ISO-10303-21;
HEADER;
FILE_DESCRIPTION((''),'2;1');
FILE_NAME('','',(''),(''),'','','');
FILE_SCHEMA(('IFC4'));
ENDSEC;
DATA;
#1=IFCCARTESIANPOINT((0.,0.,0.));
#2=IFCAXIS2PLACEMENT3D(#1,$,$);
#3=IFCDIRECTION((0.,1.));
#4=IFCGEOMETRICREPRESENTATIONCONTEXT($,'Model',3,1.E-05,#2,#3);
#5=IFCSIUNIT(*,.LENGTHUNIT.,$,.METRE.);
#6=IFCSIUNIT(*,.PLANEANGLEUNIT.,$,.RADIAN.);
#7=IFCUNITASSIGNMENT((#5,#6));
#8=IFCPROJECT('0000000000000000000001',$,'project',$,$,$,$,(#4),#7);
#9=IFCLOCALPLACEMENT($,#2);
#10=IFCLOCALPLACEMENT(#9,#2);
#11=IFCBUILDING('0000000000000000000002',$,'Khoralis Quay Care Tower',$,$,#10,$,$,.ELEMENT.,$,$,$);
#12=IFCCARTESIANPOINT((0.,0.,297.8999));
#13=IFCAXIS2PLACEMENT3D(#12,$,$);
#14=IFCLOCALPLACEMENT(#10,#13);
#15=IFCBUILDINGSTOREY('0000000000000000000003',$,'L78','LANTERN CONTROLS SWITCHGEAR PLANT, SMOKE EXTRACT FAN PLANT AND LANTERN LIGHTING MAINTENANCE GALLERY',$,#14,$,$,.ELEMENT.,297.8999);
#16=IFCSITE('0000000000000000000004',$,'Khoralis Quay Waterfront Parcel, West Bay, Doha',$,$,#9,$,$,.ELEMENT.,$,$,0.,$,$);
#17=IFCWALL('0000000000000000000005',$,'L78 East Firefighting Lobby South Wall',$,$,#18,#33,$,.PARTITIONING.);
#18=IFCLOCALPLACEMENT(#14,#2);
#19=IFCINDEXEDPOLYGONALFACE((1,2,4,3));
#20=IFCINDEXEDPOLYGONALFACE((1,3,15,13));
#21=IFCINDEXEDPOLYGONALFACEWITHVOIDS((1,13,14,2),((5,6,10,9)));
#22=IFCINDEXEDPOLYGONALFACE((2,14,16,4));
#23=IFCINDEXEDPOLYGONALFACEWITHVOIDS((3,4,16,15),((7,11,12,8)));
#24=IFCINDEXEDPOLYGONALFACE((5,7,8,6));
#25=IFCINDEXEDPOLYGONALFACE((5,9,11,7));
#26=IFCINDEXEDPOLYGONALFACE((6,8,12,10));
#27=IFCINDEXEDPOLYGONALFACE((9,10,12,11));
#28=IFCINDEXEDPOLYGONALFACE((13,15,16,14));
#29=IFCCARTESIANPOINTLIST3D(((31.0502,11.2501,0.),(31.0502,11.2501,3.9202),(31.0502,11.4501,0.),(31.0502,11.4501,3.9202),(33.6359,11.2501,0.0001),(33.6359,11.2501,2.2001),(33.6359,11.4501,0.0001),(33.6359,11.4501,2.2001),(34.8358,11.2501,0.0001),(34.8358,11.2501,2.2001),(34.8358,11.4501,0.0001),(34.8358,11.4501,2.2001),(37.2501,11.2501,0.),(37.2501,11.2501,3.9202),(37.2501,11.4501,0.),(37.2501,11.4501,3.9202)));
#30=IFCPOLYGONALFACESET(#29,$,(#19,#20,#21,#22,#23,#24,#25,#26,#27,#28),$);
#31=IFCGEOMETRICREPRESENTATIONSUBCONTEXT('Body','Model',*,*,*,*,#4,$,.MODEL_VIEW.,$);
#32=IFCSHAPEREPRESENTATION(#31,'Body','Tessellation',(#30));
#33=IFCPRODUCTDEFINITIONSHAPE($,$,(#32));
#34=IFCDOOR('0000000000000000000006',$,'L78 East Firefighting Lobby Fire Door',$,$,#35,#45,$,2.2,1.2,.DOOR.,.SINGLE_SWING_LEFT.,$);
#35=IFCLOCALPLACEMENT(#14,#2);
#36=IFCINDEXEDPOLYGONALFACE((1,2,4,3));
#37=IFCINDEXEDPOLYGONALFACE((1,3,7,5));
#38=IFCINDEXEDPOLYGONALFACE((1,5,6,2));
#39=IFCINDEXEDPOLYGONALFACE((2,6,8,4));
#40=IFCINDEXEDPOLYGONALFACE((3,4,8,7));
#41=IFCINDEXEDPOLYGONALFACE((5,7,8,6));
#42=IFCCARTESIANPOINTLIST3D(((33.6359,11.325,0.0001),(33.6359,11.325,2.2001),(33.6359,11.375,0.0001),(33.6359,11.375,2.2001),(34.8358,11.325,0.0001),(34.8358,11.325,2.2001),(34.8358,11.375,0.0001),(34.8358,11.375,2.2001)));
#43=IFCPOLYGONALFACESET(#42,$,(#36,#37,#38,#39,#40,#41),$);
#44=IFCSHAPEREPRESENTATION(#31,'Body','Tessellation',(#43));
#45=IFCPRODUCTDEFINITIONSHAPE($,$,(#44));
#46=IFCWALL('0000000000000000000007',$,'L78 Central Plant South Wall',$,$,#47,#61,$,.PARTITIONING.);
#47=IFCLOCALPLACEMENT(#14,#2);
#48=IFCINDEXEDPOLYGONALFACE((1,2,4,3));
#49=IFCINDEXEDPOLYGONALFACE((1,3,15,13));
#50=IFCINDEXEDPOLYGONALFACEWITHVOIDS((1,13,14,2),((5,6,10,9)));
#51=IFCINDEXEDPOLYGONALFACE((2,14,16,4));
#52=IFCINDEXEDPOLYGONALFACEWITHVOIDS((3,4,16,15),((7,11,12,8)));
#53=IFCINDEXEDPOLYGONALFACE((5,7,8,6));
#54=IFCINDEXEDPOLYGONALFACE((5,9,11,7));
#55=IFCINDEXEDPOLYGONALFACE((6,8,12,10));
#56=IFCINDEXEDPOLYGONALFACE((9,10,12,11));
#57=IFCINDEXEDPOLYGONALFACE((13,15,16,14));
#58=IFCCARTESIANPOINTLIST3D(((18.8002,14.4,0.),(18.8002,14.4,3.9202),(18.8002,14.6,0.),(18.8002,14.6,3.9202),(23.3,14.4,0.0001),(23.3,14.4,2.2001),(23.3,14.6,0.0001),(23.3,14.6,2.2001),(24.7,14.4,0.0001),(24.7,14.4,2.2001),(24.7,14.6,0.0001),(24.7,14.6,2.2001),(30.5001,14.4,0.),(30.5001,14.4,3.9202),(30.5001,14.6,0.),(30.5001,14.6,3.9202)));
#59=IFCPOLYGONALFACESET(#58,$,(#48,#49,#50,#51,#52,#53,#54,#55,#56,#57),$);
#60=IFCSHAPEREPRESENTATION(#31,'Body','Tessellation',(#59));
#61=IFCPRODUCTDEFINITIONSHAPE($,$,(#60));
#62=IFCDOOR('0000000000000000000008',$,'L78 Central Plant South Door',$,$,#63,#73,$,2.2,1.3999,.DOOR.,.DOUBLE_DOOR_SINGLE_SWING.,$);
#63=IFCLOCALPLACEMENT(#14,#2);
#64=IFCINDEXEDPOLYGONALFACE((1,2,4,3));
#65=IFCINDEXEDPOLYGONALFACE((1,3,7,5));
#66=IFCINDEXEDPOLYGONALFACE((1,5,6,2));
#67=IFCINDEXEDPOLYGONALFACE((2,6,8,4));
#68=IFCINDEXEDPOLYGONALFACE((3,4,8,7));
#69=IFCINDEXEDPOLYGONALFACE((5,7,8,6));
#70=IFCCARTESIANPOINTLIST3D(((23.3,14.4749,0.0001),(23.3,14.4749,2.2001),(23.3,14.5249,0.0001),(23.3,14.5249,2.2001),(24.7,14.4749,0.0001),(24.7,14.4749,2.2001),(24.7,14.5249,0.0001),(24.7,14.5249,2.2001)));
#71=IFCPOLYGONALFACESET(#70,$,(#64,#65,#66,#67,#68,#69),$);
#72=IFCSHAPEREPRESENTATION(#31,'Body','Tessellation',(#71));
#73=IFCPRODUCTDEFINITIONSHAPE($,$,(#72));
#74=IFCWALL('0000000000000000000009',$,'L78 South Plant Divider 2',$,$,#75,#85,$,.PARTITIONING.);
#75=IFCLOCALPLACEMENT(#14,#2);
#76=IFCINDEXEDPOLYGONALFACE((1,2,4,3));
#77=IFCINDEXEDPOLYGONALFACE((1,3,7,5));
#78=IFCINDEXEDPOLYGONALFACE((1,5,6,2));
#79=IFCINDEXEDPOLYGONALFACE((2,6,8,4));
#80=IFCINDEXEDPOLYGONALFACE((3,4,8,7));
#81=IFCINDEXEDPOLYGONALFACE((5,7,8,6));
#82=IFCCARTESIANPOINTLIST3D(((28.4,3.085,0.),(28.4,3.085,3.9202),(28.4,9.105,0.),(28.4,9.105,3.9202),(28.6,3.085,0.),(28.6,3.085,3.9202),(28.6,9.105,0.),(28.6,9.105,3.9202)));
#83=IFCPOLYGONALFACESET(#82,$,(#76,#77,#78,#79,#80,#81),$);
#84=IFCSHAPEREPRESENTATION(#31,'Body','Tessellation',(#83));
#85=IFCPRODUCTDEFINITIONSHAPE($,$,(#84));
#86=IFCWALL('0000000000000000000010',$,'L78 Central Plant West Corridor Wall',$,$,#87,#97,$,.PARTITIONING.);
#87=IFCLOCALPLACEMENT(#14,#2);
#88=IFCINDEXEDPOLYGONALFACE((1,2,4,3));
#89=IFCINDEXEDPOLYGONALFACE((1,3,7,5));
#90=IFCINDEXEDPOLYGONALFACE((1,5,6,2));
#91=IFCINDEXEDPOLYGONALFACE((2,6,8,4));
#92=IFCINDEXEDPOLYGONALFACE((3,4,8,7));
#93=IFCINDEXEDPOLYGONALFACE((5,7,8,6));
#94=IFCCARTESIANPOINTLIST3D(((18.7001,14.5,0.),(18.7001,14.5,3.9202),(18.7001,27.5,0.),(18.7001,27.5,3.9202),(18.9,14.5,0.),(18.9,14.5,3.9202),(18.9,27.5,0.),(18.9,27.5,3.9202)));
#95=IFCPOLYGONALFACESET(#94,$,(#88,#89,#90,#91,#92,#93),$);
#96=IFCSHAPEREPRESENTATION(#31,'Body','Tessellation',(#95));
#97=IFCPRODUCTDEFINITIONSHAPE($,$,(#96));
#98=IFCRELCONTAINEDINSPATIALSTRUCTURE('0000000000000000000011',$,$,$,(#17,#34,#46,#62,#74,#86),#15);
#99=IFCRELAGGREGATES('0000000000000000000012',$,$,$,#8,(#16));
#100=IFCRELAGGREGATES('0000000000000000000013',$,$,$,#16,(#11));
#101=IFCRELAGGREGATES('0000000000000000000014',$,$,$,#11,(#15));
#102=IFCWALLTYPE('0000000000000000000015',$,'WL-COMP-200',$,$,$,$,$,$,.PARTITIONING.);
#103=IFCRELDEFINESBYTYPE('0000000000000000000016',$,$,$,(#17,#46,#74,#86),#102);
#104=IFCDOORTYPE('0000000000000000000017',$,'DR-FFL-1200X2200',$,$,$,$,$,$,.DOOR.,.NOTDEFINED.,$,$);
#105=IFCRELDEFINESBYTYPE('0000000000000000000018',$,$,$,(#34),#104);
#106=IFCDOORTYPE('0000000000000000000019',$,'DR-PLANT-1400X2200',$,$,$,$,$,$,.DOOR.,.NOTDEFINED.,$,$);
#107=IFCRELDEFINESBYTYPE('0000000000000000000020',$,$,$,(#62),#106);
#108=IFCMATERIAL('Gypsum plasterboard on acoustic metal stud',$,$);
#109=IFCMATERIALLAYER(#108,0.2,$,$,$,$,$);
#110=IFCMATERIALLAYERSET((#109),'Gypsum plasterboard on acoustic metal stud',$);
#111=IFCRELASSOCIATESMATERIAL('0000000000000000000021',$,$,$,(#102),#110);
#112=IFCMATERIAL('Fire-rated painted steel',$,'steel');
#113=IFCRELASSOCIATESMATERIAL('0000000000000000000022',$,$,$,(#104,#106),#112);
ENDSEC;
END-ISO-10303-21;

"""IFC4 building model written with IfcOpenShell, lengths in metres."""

from ifc_helpers import new_model, si_unit, direction, frame, frame_2d, origin, place, context, subcontext, project, spatial, rectangle, extrude, source, transform, mapped, material, layer, layer_set, type_object, element, fill, save


model = new_model("IFC4")

# Units and contexts
model_context = context("Model", 3, precision=1e-05, world=origin(), true_north=direction((0.0, 1.0)))
body_context = subcontext(model_context, "Body", "Model", "MODEL_VIEW")
ifc_project = project(units=[si_unit("LENGTHUNIT", "METRE"), si_unit("PLANEANGLEUNIT", "RADIAN")], contexts=[model_context])

# Site, building, storey
site_placement = place(None, origin())
site = spatial("IfcSite", under=ifc_project, at=site_placement, Name="Khoralis Quay Waterfront Parcel, West Bay, Doha", CompositionType="ELEMENT", RefElevation=0.0)
building_placement = place(site_placement, origin())
building = spatial("IfcBuilding", under=site, at=building_placement, Name="Khoralis Quay Care Tower", CompositionType="ELEMENT")
storey_placement = place(building_placement, frame((0.0, 0.0, 297.8999)))
storey = spatial("IfcBuildingStorey", under=building, at=storey_placement, Name="L78", Description="LANTERN CONTROLS SWITCHGEAR PLANT, SMOKE EXTRACT FAN PLANT AND LANTERN LIGHTING MAINTENANCE GALLERY", CompositionType="ELEMENT", Elevation=297.8999)

# Walls, openings, doors
ifc_material_1 = material(Name="Gypsum plasterboard on acoustic metal stud")
ifc_layer_1 = layer(ifc_material_1, 0.2)
ifc_layer_set_1 = layer_set([ifc_layer_1], Name="Gypsum plasterboard on acoustic metal stud")
wall_type = type_object("IfcWallType", Name="WL-COMP-200", PredefinedType="PARTITIONING", material=ifc_layer_set_1)
wall_1_placement = place(storey_placement, frame((31.05, 11.3501, 0.0), z_axis=(0.0, 0.0, 1.0), x_axis=(1.0, 0.0, 0.0)))
wall_1 = element("IfcWall", 1, at=wall_1_placement, inside=storey, type_object=wall_type, Name="L78 East Firefighting Lobby South Wall", PredefinedType="PARTITIONING", context=body_context, shape_type="SweptSolid", body=[
    extrude(rectangle(XDim=6.2, YDim=0.2, at=frame_2d((3.1001, 0.0))), origin(), (0.0, 0.0, 1.0), 3.9202),
])
opening_1_placement = place(wall_1_placement, frame((2.5857, 0.0, 0.0)))
opening_1 = element("IfcOpeningElement", 2, at=opening_1_placement, cuts=wall_1, PredefinedType="OPENING", context=body_context, shape_type="SweptSolid", body=[
    extrude(rectangle(XDim=1.2, YDim=2.2, at=frame_2d((0.6001, 1.1001))), frame((0.0, 0.1099, 0.0), z_axis=(0.0, -1.0, 0.0), x_axis=(1.0, 0.0, 0.0)), (0.0, 0.0, 1.0), 0.22),
])
ifc_material_2 = material(Name="Fire-rated painted steel", Category="steel")
door_type_1 = type_object("IfcDoorType", Name="DR-FFL-1200X2200", OperationType="NOTDEFINED", PredefinedType="DOOR", material=ifc_material_2)
shared_shape_1 = source(origin(), body_context, "Body", "SweptSolid", [
    extrude(rectangle(XDim=1.2, YDim=2.2, at=frame_2d((0.6001, 1.1001))), frame((0.0, 0.0249, 0.0), z_axis=(0.0, -1.0, 0.0), x_axis=(1.0, 0.0, 0.0)), (0.0, 0.0, 1.0), 0.05),
])
door_1_placement = place(opening_1_placement, origin())
door_1 = element("IfcDoor", 3, at=door_1_placement, inside=storey, type_object=door_type_1, Name="L78 East Firefighting Lobby Fire Door", OperationType="SINGLE_SWING_LEFT", OverallHeight=2.2, OverallWidth=1.2, PredefinedType="DOOR", context=body_context, shape_type="MappedRepresentation", body=[
    mapped(shared_shape_1, transform((0.0, 0.0, 0.0), scale=1.0)),
])
fill(opening_1, door_1)
wall_2_placement = place(storey_placement, frame((18.8, 14.5, 0.0), z_axis=(0.0, 0.0, 1.0), x_axis=(1.0, 0.0, 0.0)))
wall_2 = element("IfcWall", 4, at=wall_2_placement, inside=storey, type_object=wall_type, Name="L78 Central Plant South Wall", PredefinedType="PARTITIONING", context=body_context, shape_type="SweptSolid", body=[
    extrude(rectangle(XDim=11.7, YDim=0.2, at=frame_2d((5.8501, 0.0))), origin(), (0.0, 0.0, 1.0), 3.9202),
])
opening_2_placement = place(wall_2_placement, frame((4.5, 0.0, 0.0)))
opening_2 = element("IfcOpeningElement", 5, at=opening_2_placement, cuts=wall_2, PredefinedType="OPENING", context=body_context, shape_type="SweptSolid", body=[
    extrude(rectangle(XDim=1.3999, YDim=2.2, at=frame_2d((0.7, 1.1001))), frame((0.0, 0.1099, 0.0), z_axis=(0.0, -1.0, 0.0), x_axis=(1.0, 0.0, 0.0)), (0.0, 0.0, 1.0), 0.22),
])
door_type_2 = type_object("IfcDoorType", Name="DR-PLANT-1400X2200", OperationType="NOTDEFINED", PredefinedType="DOOR", material=ifc_material_2)
shared_shape_2 = source(origin(), body_context, "Body", "SweptSolid", [
    extrude(rectangle(XDim=1.3999, YDim=2.2, at=frame_2d((0.7, 1.1001))), frame((0.0, 0.0249, 0.0), z_axis=(0.0, -1.0, 0.0), x_axis=(1.0, 0.0, 0.0)), (0.0, 0.0, 1.0), 0.05),
])
door_2_placement = place(opening_2_placement, origin())
door_2 = element("IfcDoor", 6, at=door_2_placement, inside=storey, type_object=door_type_2, Name="L78 Central Plant South Door", OperationType="DOUBLE_DOOR_SINGLE_SWING", OverallHeight=2.2, OverallWidth=1.3999, PredefinedType="DOOR", context=body_context, shape_type="MappedRepresentation", body=[
    mapped(shared_shape_2, transform((0.0, 0.0, 0.0), scale=1.0)),
])
fill(opening_2, door_2)

# Walls
wall_3_placement = place(storey_placement, frame((28.5, 3.085, 0.0), z_axis=(0.0, 0.0, 1.0), x_axis=(0.0, 1.0, 0.0)))
element("IfcWall", 7, at=wall_3_placement, inside=storey, type_object=wall_type, Name="L78 South Plant Divider 2", PredefinedType="PARTITIONING", context=body_context, shape_type="SweptSolid", body=[
    extrude(rectangle(XDim=6.02, YDim=0.2, at=frame_2d((3.01, 0.0))), origin(), (0.0, 0.0, 1.0), 3.9202),
])
wall_4_placement = place(storey_placement, frame((18.8, 14.5, 0.0), z_axis=(0.0, 0.0, 1.0), x_axis=(0.0, 1.0, 0.0)))
element("IfcWall", 8, at=wall_4_placement, inside=storey, type_object=wall_type, Name="L78 Central Plant West Corridor Wall", PredefinedType="PARTITIONING", context=body_context, shape_type="SweptSolid", body=[
    extrude(rectangle(XDim=13.0, YDim=0.2, at=frame_2d((6.5, 0.0))), origin(), (0.0, 0.0, 1.0), 3.9202),
])

save(model, "model.ifc")
